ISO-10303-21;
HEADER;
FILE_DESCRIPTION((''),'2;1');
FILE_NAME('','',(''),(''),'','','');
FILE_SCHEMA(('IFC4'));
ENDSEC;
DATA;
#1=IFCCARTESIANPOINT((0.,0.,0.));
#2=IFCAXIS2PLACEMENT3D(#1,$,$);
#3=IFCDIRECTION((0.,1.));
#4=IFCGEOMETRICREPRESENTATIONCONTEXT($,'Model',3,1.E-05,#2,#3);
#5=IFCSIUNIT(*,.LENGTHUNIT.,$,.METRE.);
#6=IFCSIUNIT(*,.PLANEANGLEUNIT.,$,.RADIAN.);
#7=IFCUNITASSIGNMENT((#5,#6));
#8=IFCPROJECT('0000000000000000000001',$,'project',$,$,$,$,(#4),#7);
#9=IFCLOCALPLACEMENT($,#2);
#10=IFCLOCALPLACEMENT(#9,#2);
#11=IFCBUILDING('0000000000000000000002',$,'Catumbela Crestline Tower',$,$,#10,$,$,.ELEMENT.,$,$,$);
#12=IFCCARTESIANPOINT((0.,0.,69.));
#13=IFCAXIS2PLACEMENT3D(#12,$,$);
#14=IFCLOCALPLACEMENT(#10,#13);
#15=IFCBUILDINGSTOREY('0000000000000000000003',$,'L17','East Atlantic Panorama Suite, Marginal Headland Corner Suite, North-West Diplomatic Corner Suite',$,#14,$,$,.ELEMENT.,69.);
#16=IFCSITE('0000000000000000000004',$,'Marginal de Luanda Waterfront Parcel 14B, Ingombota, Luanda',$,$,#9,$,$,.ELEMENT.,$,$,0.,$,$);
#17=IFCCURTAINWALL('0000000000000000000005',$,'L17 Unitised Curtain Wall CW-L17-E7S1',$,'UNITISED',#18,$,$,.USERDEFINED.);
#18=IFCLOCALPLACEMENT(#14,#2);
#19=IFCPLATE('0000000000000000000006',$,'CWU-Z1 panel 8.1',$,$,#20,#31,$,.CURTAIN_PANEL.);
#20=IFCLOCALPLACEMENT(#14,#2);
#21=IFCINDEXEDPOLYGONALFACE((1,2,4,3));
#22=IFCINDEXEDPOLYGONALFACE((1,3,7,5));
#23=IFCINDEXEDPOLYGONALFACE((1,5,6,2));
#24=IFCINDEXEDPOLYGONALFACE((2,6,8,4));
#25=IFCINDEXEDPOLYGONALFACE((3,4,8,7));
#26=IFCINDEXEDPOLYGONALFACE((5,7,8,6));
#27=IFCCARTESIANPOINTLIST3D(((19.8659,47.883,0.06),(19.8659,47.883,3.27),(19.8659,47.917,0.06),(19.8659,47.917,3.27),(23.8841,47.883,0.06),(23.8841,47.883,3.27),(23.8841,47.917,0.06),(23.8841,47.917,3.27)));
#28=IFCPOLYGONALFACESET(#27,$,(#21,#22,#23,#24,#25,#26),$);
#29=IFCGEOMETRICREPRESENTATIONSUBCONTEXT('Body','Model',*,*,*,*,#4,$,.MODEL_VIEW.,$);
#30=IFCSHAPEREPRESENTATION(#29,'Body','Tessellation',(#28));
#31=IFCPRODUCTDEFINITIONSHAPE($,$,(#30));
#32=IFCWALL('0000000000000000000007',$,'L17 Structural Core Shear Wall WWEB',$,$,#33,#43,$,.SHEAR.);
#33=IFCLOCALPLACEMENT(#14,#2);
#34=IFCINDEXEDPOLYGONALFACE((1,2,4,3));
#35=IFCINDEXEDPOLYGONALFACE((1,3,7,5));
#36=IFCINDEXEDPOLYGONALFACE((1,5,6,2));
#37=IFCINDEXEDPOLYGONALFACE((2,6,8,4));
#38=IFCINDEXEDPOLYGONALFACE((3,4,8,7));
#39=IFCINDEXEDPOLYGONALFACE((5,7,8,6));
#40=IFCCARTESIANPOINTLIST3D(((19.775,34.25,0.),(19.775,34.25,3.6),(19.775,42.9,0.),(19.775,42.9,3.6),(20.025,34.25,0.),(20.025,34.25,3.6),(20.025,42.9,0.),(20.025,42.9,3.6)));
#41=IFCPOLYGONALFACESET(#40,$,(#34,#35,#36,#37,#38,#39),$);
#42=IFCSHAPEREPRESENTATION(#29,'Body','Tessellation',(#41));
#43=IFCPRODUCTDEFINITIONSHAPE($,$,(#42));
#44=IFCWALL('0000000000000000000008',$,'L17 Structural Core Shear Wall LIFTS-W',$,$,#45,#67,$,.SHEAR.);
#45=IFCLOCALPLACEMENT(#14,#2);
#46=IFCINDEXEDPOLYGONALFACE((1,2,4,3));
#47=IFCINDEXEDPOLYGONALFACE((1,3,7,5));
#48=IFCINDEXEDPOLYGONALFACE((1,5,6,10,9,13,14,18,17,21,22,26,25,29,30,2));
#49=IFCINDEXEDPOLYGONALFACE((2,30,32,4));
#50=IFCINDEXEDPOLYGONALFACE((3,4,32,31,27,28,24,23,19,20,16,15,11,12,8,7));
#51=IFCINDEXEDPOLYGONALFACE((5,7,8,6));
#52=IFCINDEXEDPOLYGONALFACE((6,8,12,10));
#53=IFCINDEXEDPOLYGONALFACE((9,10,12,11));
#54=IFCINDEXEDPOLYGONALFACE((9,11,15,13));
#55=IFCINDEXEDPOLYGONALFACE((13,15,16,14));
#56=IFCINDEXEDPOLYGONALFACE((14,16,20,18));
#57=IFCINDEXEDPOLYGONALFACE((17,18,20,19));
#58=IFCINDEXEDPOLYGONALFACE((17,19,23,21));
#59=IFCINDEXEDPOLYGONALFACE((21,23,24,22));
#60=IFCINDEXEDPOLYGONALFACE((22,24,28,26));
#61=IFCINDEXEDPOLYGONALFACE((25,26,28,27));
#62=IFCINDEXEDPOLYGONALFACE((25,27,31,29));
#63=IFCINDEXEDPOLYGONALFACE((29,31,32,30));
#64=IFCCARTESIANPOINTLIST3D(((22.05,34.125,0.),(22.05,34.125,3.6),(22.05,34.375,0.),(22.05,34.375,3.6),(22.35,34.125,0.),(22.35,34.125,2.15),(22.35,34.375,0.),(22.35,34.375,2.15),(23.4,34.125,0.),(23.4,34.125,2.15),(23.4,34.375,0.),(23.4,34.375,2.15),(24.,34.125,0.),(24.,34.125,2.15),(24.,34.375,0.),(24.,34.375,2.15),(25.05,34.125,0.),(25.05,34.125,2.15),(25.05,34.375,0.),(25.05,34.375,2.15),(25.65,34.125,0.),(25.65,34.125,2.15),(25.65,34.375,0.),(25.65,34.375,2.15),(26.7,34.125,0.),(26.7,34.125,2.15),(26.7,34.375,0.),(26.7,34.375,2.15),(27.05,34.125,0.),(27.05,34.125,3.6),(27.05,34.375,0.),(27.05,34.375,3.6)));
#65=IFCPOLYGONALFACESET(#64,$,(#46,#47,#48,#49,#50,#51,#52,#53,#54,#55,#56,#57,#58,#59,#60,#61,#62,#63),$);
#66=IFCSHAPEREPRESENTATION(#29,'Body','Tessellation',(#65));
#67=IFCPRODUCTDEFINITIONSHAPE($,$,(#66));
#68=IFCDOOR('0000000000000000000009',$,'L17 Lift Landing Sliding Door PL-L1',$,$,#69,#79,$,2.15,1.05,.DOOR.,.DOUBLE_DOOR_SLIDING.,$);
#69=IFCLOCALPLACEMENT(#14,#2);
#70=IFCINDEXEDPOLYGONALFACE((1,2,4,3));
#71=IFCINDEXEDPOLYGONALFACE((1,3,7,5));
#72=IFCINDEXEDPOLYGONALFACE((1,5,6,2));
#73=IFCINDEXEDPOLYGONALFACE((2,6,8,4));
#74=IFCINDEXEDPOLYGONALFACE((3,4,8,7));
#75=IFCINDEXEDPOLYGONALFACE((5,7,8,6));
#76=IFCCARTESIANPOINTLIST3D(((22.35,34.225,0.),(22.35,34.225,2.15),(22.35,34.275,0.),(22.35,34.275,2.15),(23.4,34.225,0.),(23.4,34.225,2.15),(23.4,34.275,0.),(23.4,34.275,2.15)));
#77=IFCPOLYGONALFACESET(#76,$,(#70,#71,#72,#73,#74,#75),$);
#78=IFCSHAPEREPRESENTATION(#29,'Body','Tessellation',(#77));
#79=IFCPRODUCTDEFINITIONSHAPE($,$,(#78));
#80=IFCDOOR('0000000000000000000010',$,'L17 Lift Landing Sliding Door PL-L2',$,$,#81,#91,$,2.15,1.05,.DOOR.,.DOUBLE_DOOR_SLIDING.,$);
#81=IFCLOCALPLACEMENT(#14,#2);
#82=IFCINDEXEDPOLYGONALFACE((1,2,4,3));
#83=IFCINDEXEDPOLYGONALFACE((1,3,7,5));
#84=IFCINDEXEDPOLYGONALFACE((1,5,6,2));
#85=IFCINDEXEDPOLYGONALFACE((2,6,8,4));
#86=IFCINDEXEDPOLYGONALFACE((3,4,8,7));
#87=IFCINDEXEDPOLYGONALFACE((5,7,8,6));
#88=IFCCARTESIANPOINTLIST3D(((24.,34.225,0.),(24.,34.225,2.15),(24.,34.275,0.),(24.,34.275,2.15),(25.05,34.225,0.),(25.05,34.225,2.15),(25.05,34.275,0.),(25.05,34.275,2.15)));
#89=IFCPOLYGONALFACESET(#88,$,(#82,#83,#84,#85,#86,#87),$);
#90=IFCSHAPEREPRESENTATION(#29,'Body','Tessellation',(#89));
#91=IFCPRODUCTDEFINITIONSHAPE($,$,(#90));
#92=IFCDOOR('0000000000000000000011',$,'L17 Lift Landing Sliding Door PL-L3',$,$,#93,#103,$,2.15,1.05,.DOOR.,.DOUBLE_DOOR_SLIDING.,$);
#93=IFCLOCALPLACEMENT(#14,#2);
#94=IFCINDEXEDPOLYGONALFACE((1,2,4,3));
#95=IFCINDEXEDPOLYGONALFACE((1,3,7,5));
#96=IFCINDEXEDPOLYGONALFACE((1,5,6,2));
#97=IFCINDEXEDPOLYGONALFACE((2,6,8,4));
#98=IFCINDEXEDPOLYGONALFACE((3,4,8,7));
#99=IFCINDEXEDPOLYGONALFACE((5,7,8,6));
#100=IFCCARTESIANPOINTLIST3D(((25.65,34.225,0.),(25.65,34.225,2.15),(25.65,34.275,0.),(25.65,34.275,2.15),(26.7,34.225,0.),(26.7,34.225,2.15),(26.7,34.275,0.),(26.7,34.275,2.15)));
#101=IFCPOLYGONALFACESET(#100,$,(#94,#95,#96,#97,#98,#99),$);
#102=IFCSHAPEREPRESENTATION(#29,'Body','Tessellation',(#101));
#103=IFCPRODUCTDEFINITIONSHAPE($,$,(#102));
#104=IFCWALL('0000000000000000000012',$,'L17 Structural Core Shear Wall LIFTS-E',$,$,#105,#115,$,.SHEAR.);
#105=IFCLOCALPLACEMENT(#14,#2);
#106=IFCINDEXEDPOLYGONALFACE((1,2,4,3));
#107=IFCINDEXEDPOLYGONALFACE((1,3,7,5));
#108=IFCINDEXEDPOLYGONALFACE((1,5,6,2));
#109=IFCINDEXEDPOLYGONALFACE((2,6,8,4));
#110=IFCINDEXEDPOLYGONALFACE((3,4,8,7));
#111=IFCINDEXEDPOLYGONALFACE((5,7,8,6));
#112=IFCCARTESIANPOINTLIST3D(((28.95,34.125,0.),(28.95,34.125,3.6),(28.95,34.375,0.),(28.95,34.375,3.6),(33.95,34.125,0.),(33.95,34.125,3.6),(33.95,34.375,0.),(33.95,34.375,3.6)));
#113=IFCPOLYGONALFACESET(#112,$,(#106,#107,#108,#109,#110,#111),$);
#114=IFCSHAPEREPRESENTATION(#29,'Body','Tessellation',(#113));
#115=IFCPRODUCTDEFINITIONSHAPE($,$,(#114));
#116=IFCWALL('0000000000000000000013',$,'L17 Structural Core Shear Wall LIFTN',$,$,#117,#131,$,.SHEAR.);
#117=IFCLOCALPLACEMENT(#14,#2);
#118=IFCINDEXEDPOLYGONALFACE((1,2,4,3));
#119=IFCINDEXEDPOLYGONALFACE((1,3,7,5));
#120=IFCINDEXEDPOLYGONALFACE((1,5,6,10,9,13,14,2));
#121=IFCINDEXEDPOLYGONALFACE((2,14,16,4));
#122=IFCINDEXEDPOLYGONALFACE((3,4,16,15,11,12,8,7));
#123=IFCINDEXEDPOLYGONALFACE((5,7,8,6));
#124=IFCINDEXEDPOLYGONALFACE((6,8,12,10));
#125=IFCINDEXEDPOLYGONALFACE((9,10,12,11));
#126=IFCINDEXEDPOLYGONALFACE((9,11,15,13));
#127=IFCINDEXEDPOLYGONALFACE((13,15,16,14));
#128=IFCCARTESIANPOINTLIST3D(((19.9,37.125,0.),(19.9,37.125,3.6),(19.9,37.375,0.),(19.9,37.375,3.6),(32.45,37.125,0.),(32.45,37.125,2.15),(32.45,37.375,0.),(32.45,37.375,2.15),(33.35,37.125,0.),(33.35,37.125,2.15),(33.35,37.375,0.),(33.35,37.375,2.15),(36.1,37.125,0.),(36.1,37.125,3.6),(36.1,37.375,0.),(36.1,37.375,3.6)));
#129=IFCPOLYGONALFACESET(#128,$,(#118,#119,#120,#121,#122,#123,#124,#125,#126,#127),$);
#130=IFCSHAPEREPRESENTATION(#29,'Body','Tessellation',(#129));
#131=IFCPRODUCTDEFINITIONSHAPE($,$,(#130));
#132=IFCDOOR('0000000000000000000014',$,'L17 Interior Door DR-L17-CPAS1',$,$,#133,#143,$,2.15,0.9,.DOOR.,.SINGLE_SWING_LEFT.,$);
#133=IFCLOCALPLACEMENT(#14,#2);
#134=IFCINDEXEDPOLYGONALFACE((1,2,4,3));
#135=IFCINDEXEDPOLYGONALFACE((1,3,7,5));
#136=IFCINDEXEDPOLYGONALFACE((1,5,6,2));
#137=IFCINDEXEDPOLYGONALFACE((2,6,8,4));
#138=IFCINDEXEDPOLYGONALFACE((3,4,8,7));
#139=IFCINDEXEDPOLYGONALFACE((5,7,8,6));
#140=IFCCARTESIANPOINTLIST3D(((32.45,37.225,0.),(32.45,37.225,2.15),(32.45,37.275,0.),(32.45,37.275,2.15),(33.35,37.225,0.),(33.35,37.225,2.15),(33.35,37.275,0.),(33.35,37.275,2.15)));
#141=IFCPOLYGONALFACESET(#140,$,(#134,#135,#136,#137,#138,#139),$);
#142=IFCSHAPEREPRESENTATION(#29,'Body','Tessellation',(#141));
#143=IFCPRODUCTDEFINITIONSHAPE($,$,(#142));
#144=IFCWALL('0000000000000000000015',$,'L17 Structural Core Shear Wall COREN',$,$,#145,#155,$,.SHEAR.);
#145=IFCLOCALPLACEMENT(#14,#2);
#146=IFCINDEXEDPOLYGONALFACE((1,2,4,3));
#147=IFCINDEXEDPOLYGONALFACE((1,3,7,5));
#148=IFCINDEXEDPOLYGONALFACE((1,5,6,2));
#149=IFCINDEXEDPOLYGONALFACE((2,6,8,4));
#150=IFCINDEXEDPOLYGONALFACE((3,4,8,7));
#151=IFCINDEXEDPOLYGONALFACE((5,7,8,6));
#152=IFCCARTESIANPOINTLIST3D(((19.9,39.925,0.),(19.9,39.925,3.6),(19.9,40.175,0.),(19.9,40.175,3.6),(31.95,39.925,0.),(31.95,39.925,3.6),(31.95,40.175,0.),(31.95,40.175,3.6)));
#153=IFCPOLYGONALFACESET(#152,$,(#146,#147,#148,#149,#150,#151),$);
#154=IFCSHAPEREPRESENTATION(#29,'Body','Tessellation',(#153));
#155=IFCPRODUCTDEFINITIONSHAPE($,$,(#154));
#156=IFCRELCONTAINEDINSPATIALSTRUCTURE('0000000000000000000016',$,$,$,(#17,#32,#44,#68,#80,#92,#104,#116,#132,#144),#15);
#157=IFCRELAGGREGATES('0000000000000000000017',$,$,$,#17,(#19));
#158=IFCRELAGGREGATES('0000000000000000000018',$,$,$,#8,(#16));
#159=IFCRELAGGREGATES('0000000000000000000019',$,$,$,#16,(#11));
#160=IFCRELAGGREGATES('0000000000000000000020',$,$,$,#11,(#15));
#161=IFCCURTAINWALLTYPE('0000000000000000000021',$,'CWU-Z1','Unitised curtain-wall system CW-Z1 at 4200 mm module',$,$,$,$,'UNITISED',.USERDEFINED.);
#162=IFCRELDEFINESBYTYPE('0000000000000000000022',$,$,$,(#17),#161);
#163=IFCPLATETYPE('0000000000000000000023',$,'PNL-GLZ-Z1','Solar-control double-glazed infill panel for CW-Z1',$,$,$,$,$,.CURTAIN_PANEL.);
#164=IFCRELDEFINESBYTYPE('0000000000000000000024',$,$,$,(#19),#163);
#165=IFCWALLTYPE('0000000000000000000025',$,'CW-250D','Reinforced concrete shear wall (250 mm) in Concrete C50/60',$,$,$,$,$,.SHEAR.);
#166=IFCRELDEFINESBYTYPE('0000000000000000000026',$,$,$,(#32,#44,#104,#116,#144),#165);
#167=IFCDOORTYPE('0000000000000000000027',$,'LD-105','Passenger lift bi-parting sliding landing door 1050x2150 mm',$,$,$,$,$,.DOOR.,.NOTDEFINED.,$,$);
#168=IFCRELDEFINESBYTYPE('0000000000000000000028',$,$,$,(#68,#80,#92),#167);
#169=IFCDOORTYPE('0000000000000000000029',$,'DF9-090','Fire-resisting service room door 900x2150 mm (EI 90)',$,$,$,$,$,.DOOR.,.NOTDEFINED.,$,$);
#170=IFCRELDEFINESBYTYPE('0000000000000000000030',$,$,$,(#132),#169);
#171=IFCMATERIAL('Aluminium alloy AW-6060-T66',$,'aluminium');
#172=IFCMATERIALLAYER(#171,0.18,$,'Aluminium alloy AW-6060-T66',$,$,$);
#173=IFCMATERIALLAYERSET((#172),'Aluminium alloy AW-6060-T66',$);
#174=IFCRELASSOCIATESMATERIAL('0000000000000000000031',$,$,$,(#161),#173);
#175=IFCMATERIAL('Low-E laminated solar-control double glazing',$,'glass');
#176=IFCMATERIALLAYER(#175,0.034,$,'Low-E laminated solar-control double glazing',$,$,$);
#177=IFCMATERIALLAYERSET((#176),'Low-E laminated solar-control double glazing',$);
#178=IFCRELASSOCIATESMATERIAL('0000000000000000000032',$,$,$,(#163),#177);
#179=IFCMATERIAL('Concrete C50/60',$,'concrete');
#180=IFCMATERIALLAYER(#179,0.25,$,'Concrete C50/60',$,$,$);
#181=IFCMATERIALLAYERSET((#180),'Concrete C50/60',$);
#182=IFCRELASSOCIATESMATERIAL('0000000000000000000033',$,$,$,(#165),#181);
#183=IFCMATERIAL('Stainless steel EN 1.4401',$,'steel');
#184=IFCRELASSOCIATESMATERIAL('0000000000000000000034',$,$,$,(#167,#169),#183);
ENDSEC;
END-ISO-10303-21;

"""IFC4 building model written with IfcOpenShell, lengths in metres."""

from ifc_helpers import new_model, si_unit, direction, frame, frame_2d, origin, origin_2d, place, context, subcontext, project, spatial, rectangle, extrude, material, layer, layer_set, type_object, element, fill, aggregate, save


model = new_model("IFC4")

# Units and contexts
model_context = context("Model", 3, precision=1e-05, world=origin(), true_north=direction((0.0, 1.0)))
body_context = subcontext(model_context, "Body", "Model", "MODEL_VIEW")
ifc_project = project(units=[si_unit("LENGTHUNIT", "METRE"), si_unit("PLANEANGLEUNIT", "RADIAN")], contexts=[model_context])

# Site, building, storey
site_placement = place(None, origin())
site = spatial("IfcSite", under=ifc_project, at=site_placement, Name="Marginal de Luanda Waterfront Parcel 14B, Ingombota, Luanda", CompositionType="ELEMENT", RefElevation=0.0)
building_placement = place(site_placement, origin())
building = spatial("IfcBuilding", under=site, at=building_placement, Name="Catumbela Crestline Tower", CompositionType="ELEMENT")
storey_placement = place(building_placement, frame((0.0, 0.0, 69.0)))
storey = spatial("IfcBuildingStorey", under=building, at=storey_placement, Name="L17", Description="East Atlantic Panorama Suite, Marginal Headland Corner Suite, North-West Diplomatic Corner Suite", CompositionType="ELEMENT", Elevation=69.0)

# Curtain wall, plate
ifc_material_1 = material(Name="Aluminium alloy AW-6060-T66", Category="aluminium")
ifc_layer_1 = layer(ifc_material_1, 0.18, Name="Aluminium alloy AW-6060-T66")
ifc_layer_set_1 = layer_set([ifc_layer_1], Name="Aluminium alloy AW-6060-T66")
curtain_wall_type = type_object("IfcCurtainWallType", Name="CWU-Z1", Description="Unitised curtain-wall system CW-Z1 at 4200 mm module", ElementType="UNITISED", PredefinedType="USERDEFINED", material=ifc_layer_set_1)
curtain_wall_placement = place(storey_placement, origin())
curtain_wall = element("IfcCurtainWall", 1, at=curtain_wall_placement, inside=storey, type_object=curtain_wall_type, Name="L17 Unitised Curtain Wall CW-L17-E7S1", ObjectType="UNITISED", PredefinedType="USERDEFINED")
ifc_material_2 = material(Name="Low-E laminated solar-control double glazing", Category="glass")
ifc_layer_2 = layer(ifc_material_2, 0.034, Name="Low-E laminated solar-control double glazing")
ifc_layer_set_2 = layer_set([ifc_layer_2], Name="Low-E laminated solar-control double glazing")
plate_type = type_object("IfcPlateType", Name="PNL-GLZ-Z1", Description="Solar-control double-glazed infill panel for CW-Z1", PredefinedType="CURTAIN_PANEL", material=ifc_layer_set_2)
plate_1_placement = place(storey_placement, frame((21.875, 47.9, 0.06), z_axis=(0.0, 0.0, 1.0), x_axis=(-1.0, 0.0, 0.0)))
plate_1 = element("IfcPlate", 2, at=plate_1_placement, type_object=plate_type, Name="CWU-Z1 panel 8.1", PredefinedType="CURTAIN_PANEL", context=body_context, shape_type="SweptSolid", body=[
    extrude(rectangle(XDim=4.0183, YDim=0.034, at=origin_2d()), origin(), (0.0, 0.0, 1.0), 3.21),
])
aggregate(curtain_wall, [plate_1])

# Wall
ifc_material_3 = material(Name="Concrete C50/60", Category="concrete")
ifc_layer_3 = layer(ifc_material_3, 0.25, Name="Concrete C50/60")
ifc_layer_set_3 = layer_set([ifc_layer_3], Name="Concrete C50/60")
wall_type_1 = type_object("IfcWallType", Name="CW-250D", Description="Reinforced concrete shear wall (250 mm) in Concrete C50/60", PredefinedType="SHEAR", material=ifc_layer_set_3)
wall_1_placement = place(storey_placement, frame((19.9, 34.25, 0.0), z_axis=(0.0, 0.0, 1.0), x_axis=(0.0, 1.0, 0.0)))
element("IfcWall", 3, at=wall_1_placement, inside=storey, type_object=wall_type_1, Name="L17 Structural Core Shear Wall WWEB", PredefinedType="SHEAR", context=body_context, shape_type="SweptSolid", body=[
    extrude(rectangle(XDim=8.65, YDim=0.25, at=frame_2d((4.325, 0.0))), origin(), (0.0, 0.0, 1.0), 3.6),
])

# Wall, openings, doors
wall_2_placement = place(storey_placement, frame((22.05, 34.25, 0.0), z_axis=(0.0, 0.0, 1.0), x_axis=(1.0, 0.0, 0.0)))
wall_2 = element("IfcWall", 4, at=wall_2_placement, inside=storey, type_object=wall_type_1, Name="L17 Structural Core Shear Wall LIFTS-W", PredefinedType="SHEAR", context=body_context, shape_type="SweptSolid", body=[
    extrude(rectangle(XDim=5.0, YDim=0.25, at=frame_2d((2.5, 0.0))), origin(), (0.0, 0.0, 1.0), 3.6),
])
opening_1_placement = place(wall_2_placement, frame((0.3, 0.0, 0.0)))
opening_1 = element("IfcOpeningElement", 5, at=opening_1_placement, cuts=wall_2, PredefinedType="OPENING", context=body_context, shape_type="SweptSolid", body=[
    extrude(rectangle(XDim=1.05, YDim=2.15, at=frame_2d((0.525, 1.075))), frame((0.0, 0.135, 0.0), z_axis=(0.0, -1.0, 0.0), x_axis=(1.0, 0.0, 0.0)), (0.0, 0.0, 1.0), 0.27),
])
opening_2_placement = place(wall_2_placement, frame((1.95, 0.0, 0.0)))
opening_2 = element("IfcOpeningElement", 6, at=opening_2_placement, cuts=wall_2, PredefinedType="OPENING", context=body_context, shape_type="SweptSolid", body=[
    extrude(rectangle(XDim=1.05, YDim=2.15, at=frame_2d((0.525, 1.075))), frame((0.0, 0.135, 0.0), z_axis=(0.0, -1.0, 0.0), x_axis=(1.0, 0.0, 0.0)), (0.0, 0.0, 1.0), 0.27),
])
opening_3_placement = place(wall_2_placement, frame((3.6, 0.0, 0.0)))
opening_3 = element("IfcOpeningElement", 7, at=opening_3_placement, cuts=wall_2, PredefinedType="OPENING", context=body_context, shape_type="SweptSolid", body=[
    extrude(rectangle(XDim=1.05, YDim=2.15, at=frame_2d((0.525, 1.075))), frame((0.0, 0.135, 0.0), z_axis=(0.0, -1.0, 0.0), x_axis=(1.0, 0.0, 0.0)), (0.0, 0.0, 1.0), 0.27),
])
ifc_material_4 = material(Name="Stainless steel EN 1.4401", Category="steel")
door_type_1 = type_object("IfcDoorType", Name="LD-105", Description="Passenger lift bi-parting sliding landing door 1050x2150 mm", OperationType="NOTDEFINED", PredefinedType="DOOR", material=ifc_material_4)
door_1_placement = place(opening_1_placement, origin())
door_1 = element("IfcDoor", 8, at=door_1_placement, inside=storey, type_object=door_type_1, Name="L17 Lift Landing Sliding Door PL-L1", OperationType="DOUBLE_DOOR_SLIDING", OverallHeight=2.15, OverallWidth=1.05, PredefinedType="DOOR", context=body_context, shape_type="SweptSolid", body=[
    extrude(rectangle(XDim=1.05, YDim=2.15, at=frame_2d((0.525, 1.075))), frame((0.0, 0.025, 0.0), z_axis=(0.0, -1.0, 0.0), x_axis=(1.0, 0.0, 0.0)), (0.0, 0.0, 1.0), 0.05),
])
fill(opening_1, door_1)
door_2_placement = place(opening_2_placement, origin())
door_2 = element("IfcDoor", 9, at=door_2_placement, inside=storey, type_object=door_type_1, Name="L17 Lift Landing Sliding Door PL-L2", OperationType="DOUBLE_DOOR_SLIDING", OverallHeight=2.15, OverallWidth=1.05, PredefinedType="DOOR", context=body_context, shape_type="SweptSolid", body=[
    extrude(rectangle(XDim=1.05, YDim=2.15, at=frame_2d((0.525, 1.075))), frame((0.0, 0.025, 0.0), z_axis=(0.0, -1.0, 0.0), x_axis=(1.0, 0.0, 0.0)), (0.0, 0.0, 1.0), 0.05),
])
fill(opening_2, door_2)
door_3_placement = place(opening_3_placement, origin())
door_3 = element("IfcDoor", 10, at=door_3_placement, inside=storey, type_object=door_type_1, Name="L17 Lift Landing Sliding Door PL-L3", OperationType="DOUBLE_DOOR_SLIDING", OverallHeight=2.15, OverallWidth=1.05, PredefinedType="DOOR", context=body_context, shape_type="SweptSolid", body=[
    extrude(rectangle(XDim=1.05, YDim=2.15, at=frame_2d((0.525, 1.075))), frame((0.0, 0.025, 0.0), z_axis=(0.0, -1.0, 0.0), x_axis=(1.0, 0.0, 0.0)), (0.0, 0.0, 1.0), 0.05),
])
fill(opening_3, door_3)

# Wall
wall_3_placement = place(storey_placement, frame((28.95, 34.25, 0.0), z_axis=(0.0, 0.0, 1.0), x_axis=(1.0, 0.0, 0.0)))
element("IfcWall", 11, at=wall_3_placement, inside=storey, type_object=wall_type_1, Name="L17 Structural Core Shear Wall LIFTS-E", PredefinedType="SHEAR", context=body_context, shape_type="SweptSolid", body=[
    extrude(rectangle(XDim=5.0, YDim=0.25, at=frame_2d((2.5, 0.0))), origin(), (0.0, 0.0, 1.0), 3.6),
])

# Wall, opening, door
wall_4_placement = place(storey_placement, frame((19.9, 37.25, 0.0), z_axis=(0.0, 0.0, 1.0), x_axis=(1.0, 0.0, 0.0)))
wall_4 = element("IfcWall", 12, at=wall_4_placement, inside=storey, type_object=wall_type_1, Name="L17 Structural Core Shear Wall LIFTN", PredefinedType="SHEAR", context=body_context, shape_type="SweptSolid", body=[
    extrude(rectangle(XDim=16.2, YDim=0.25, at=frame_2d((8.1, 0.0))), origin(), (0.0, 0.0, 1.0), 3.6),
])
opening_4_placement = place(wall_4_placement, frame((12.55, 0.0, 0.0)))
opening_4 = element("IfcOpeningElement", 13, at=opening_4_placement, cuts=wall_4, PredefinedType="OPENING", context=body_context, shape_type="SweptSolid", body=[
    extrude(rectangle(XDim=0.9, YDim=2.15, at=frame_2d((0.45, 1.075))), frame((0.0, 0.135, 0.0), z_axis=(0.0, -1.0, 0.0), x_axis=(1.0, 0.0, 0.0)), (0.0, 0.0, 1.0), 0.27),
])
door_type_2 = type_object("IfcDoorType", Name="DF9-090", Description="Fire-resisting service room door 900x2150 mm (EI 90)", OperationType="NOTDEFINED", PredefinedType="DOOR", material=ifc_material_4)
door_4_placement = place(opening_4_placement, origin())
door_4 = element("IfcDoor", 14, at=door_4_placement, inside=storey, type_object=door_type_2, Name="L17 Interior Door DR-L17-CPAS1", OperationType="SINGLE_SWING_LEFT", OverallHeight=2.15, OverallWidth=0.9, PredefinedType="DOOR", context=body_context, shape_type="SweptSolid", body=[
    extrude(rectangle(XDim=0.9, YDim=2.15, at=frame_2d((0.45, 1.075))), frame((0.0, 0.025, 0.0), z_axis=(0.0, -1.0, 0.0), x_axis=(1.0, 0.0, 0.0)), (0.0, 0.0, 1.0), 0.05),
])
fill(opening_4, door_4)

# Wall
wall_5_placement = place(storey_placement, frame((19.9, 40.05, 0.0), z_axis=(0.0, 0.0, 1.0), x_axis=(1.0, 0.0, 0.0)))
element("IfcWall", 15, at=wall_5_placement, inside=storey, type_object=wall_type_1, Name="L17 Structural Core Shear Wall COREN", PredefinedType="SHEAR", context=body_context, shape_type="SweptSolid", body=[
    extrude(rectangle(XDim=12.05, YDim=0.25, at=frame_2d((6.025, 0.0))), origin(), (0.0, 0.0, 1.0), 3.6),
])

save(model, "model.ifc")
